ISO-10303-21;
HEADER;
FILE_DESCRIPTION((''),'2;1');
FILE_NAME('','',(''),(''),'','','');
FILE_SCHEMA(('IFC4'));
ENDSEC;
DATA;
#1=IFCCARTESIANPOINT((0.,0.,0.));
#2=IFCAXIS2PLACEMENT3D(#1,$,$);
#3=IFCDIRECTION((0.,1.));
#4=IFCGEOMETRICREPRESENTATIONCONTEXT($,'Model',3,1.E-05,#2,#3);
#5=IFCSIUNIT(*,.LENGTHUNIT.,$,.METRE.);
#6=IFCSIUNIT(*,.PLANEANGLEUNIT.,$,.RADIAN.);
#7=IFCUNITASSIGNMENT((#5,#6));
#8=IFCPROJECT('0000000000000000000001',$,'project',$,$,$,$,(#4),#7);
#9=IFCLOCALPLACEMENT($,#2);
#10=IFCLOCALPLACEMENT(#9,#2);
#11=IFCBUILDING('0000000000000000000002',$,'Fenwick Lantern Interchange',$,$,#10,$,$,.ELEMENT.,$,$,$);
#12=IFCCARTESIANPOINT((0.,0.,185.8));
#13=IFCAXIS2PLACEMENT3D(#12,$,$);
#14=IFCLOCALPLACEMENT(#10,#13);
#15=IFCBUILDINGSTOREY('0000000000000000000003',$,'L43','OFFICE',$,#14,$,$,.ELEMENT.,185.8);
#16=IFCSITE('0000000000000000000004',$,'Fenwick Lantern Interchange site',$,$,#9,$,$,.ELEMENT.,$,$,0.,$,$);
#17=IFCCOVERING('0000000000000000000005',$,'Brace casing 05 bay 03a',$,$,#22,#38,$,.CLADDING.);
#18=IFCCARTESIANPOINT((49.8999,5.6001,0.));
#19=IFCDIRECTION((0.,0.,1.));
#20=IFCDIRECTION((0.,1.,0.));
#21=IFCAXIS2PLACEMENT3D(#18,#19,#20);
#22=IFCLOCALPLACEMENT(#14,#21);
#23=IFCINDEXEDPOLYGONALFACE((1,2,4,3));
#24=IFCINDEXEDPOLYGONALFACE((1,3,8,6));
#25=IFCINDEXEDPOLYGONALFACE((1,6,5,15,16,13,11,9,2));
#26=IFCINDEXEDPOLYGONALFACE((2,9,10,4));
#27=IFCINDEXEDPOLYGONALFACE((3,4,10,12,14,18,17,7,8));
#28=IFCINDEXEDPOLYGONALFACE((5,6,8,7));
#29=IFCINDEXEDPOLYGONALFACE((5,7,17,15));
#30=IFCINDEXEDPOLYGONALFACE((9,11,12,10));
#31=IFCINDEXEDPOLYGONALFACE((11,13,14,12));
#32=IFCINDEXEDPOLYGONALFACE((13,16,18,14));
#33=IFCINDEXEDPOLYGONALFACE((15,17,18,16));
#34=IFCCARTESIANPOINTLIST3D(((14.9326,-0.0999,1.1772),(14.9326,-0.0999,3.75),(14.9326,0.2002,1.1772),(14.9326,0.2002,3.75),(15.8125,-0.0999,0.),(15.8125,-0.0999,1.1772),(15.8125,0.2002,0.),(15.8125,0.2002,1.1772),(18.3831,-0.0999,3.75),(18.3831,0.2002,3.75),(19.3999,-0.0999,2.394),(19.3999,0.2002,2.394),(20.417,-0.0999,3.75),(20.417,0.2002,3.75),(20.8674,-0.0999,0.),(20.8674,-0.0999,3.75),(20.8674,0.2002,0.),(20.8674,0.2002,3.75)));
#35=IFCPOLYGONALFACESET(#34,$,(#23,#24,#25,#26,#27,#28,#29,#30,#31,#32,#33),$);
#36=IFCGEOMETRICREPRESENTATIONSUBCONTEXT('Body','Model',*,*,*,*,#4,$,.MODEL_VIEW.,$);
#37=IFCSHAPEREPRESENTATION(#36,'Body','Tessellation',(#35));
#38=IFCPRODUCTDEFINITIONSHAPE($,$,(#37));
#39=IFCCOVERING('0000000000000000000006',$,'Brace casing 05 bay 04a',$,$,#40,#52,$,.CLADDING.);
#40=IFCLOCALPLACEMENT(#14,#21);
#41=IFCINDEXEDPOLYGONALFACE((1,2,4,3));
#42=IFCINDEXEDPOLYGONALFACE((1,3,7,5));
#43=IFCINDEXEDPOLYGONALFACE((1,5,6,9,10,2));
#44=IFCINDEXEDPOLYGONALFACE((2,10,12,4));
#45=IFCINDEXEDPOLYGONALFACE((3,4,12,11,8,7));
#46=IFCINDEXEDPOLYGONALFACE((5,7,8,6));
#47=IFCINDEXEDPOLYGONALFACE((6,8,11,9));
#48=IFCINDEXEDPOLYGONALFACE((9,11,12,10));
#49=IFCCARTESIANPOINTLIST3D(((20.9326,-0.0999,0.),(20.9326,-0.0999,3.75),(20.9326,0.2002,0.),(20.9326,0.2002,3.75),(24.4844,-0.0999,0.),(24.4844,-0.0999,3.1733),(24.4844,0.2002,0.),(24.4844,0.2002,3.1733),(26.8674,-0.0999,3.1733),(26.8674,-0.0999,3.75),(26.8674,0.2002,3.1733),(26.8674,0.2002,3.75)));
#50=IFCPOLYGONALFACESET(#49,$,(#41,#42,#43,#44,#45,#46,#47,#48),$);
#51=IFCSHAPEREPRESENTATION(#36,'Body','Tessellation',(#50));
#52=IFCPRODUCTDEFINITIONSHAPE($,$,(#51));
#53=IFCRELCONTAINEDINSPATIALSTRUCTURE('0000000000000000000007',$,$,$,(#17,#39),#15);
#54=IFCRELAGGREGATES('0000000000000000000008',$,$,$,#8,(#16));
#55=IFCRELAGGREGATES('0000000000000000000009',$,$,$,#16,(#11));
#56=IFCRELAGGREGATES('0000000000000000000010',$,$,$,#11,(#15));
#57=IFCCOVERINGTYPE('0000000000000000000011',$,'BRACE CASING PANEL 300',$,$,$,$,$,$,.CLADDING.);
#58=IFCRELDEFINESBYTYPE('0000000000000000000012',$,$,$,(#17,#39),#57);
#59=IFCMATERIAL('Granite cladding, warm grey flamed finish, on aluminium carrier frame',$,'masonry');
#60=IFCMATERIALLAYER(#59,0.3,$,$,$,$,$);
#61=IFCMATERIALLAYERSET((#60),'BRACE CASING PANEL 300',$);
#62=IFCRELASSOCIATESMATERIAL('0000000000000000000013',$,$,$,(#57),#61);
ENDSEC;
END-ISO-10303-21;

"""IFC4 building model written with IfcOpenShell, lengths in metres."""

from ifc_helpers import new_model, si_unit, direction, frame, origin, place, context, subcontext, project, spatial, polyline, outline, extrude, material, layer, layer_set, type_object, element, save


model = new_model("IFC4")

# Units and contexts
model_context = context("Model", 3, precision=1e-05, world=origin(), true_north=direction((0.0, 1.0)))
body_context = subcontext(model_context, "Body", "Model", "MODEL_VIEW")
ifc_project = project(units=[si_unit("LENGTHUNIT", "METRE"), si_unit("PLANEANGLEUNIT", "RADIAN")], contexts=[model_context])

# Site, building, storey
site_placement = place(None, origin())
site = spatial("IfcSite", under=ifc_project, at=site_placement, Name="Fenwick Lantern Interchange site", CompositionType="ELEMENT", RefElevation=0.0)
building_placement = place(site_placement, origin())
building = spatial("IfcBuilding", under=site, at=building_placement, Name="Fenwick Lantern Interchange", CompositionType="ELEMENT")
storey_placement = place(building_placement, frame((0.0, 0.0, 185.8)))
storey = spatial("IfcBuildingStorey", under=building, at=storey_placement, Name="L43", Description="OFFICE", CompositionType="ELEMENT", Elevation=185.8)

# Coverings
ifc_material_1 = material(Name="Granite cladding, warm grey flamed finish, on aluminium carrier frame", Category="masonry")
ifc_layer_1 = layer(ifc_material_1, 0.3)
ifc_layer_set_1 = layer_set([ifc_layer_1], Name="BRACE CASING PANEL 300")
covering_type = type_object("IfcCoveringType", Name="BRACE CASING PANEL 300", PredefinedType="CLADDING", material=ifc_layer_set_1)
covering_1_placement = place(storey_placement, frame((49.8999, 5.6001, 0.0), z_axis=(0.0, 0.0, 1.0), x_axis=(0.0, 1.0, 0.0)))
element("IfcCovering", 1, at=covering_1_placement, inside=storey, type_object=covering_type, Name="Brace casing 05 bay 03a", PredefinedType="CLADDING", context=body_context, shape_type="SweptSolid", body=[
    extrude(outline(polyline([(15.8125, 0.0), (20.8674, 0.0), (20.8674, 3.75), (20.417, 3.75), (19.3999, 2.394), (18.3831, 3.75), (14.9326, 3.75), (14.9326, 1.1772), (15.8125, 1.1772), (15.8125, 0.0)])), frame((0.0, 0.2002, 0.0), z_axis=(0.0, -1.0, 0.0), x_axis=(1.0, 0.0, 0.0)), (0.0, 0.0, 1.0), 0.3),
])
covering_2_placement = place(storey_placement, frame((49.8999, 5.6001, 0.0), z_axis=(0.0, 0.0, 1.0), x_axis=(0.0, 1.0, 0.0)))
element("IfcCovering", 2, at=covering_2_placement, inside=storey, type_object=covering_type, Name="Brace casing 05 bay 04a", PredefinedType="CLADDING", context=body_context, shape_type="SweptSolid", body=[
    extrude(outline(polyline([(20.9326, 0.0), (24.4844, 0.0), (24.4844, 3.1733), (26.8674, 3.1733), (26.8674, 3.75), (20.9326, 3.75), (20.9326, 0.0)])), frame((0.0, 0.2002, 0.0), z_axis=(0.0, -1.0, 0.0), x_axis=(1.0, 0.0, 0.0)), (0.0, 0.0, 1.0), 0.3),
])

save(model, "model.ifc")
